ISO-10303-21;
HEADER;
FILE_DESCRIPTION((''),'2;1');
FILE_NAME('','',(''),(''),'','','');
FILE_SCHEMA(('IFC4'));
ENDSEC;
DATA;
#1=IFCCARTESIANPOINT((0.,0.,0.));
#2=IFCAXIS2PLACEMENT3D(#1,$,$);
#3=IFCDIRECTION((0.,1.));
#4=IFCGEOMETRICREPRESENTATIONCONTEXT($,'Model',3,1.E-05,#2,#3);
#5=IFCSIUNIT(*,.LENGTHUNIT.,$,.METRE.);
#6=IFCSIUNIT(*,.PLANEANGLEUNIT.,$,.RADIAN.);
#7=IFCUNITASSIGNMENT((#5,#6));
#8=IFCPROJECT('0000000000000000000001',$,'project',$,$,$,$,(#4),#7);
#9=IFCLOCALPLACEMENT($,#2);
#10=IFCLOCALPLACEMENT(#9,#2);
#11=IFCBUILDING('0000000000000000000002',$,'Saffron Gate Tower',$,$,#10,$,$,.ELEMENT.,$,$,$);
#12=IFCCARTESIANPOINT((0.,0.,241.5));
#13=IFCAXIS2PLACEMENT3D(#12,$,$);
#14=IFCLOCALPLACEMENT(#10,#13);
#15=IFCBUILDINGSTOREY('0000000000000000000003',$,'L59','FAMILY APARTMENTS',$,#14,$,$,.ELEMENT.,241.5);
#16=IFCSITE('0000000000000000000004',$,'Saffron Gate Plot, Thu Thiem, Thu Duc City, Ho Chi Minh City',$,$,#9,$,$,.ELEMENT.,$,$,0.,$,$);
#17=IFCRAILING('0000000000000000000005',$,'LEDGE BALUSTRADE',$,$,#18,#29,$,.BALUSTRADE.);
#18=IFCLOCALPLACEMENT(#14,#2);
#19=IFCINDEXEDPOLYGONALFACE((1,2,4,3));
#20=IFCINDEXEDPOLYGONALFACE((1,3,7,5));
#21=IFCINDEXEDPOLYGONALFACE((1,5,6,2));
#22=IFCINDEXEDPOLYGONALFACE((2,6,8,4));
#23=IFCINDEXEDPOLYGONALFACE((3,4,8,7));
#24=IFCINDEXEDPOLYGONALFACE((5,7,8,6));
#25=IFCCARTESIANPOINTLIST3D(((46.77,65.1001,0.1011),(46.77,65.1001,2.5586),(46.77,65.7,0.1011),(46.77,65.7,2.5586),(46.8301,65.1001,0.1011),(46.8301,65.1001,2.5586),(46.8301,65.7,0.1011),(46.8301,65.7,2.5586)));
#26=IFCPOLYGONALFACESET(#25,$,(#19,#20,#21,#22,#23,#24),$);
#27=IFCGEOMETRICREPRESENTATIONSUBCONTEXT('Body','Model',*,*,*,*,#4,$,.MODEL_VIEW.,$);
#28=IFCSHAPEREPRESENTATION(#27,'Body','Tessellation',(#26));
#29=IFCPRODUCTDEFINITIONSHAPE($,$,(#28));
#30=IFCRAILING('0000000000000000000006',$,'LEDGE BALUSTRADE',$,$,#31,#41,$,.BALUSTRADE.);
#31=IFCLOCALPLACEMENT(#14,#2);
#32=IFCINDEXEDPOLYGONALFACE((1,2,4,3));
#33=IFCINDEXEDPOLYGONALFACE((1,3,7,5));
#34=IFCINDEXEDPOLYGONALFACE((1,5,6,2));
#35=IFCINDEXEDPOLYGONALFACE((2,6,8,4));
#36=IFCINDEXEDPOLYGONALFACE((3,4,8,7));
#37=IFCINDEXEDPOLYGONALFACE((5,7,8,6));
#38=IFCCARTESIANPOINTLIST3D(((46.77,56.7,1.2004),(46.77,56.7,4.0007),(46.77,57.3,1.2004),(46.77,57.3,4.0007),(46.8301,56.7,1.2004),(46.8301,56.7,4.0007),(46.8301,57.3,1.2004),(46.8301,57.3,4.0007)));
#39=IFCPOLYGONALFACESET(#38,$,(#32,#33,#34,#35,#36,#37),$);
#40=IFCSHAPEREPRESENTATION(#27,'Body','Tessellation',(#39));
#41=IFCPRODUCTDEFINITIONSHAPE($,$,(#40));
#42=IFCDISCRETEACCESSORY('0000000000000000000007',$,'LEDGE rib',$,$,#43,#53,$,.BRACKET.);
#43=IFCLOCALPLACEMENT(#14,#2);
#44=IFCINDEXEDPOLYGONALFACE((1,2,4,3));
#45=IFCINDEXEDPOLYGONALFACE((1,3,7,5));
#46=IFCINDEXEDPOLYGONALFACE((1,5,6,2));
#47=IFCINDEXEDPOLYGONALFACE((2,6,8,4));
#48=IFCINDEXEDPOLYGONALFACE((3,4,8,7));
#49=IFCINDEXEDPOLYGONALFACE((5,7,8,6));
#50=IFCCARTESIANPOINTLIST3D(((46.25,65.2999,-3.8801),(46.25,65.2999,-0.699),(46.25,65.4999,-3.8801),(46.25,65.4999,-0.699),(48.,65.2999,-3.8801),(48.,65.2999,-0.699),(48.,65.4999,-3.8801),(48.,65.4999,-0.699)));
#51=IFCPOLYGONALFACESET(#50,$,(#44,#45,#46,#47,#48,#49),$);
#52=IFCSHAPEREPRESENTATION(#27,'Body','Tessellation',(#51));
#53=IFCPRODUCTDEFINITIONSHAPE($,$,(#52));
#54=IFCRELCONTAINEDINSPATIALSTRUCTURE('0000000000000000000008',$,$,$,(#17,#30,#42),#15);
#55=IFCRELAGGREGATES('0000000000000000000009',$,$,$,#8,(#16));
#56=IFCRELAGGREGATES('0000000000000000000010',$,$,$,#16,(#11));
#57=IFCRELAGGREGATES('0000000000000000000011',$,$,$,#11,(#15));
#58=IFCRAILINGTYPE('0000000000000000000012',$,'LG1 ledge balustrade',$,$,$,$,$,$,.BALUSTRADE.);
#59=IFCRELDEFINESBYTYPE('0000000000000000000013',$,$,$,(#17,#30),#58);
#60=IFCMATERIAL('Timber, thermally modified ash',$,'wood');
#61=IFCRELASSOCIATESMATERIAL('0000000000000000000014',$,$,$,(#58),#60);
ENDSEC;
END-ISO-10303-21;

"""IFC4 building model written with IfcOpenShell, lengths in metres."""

from ifc_helpers import new_model, si_unit, direction, frame, origin, origin_2d, place, context, subcontext, project, spatial, rectangle, extrude, material, type_object, element, save


model = new_model("IFC4")

# Units and contexts
model_context = context("Model", 3, precision=1e-05, world=origin(), true_north=direction((0.0, 1.0)))
body_context = subcontext(model_context, "Body", "Model", "MODEL_VIEW")
ifc_project = project(units=[si_unit("LENGTHUNIT", "METRE"), si_unit("PLANEANGLEUNIT", "RADIAN")], contexts=[model_context])

# Site, building, storey
site_placement = place(None, origin())
site = spatial("IfcSite", under=ifc_project, at=site_placement, Name="Saffron Gate Plot, Thu Thiem, Thu Duc City, Ho Chi Minh City", CompositionType="ELEMENT", RefElevation=0.0)
building_placement = place(site_placement, origin())
building = spatial("IfcBuilding", under=site, at=building_placement, Name="Saffron Gate Tower", CompositionType="ELEMENT")
storey_placement = place(building_placement, frame((0.0, 0.0, 241.5)))
storey = spatial("IfcBuildingStorey", under=building, at=storey_placement, Name="L59", Description="FAMILY APARTMENTS", CompositionType="ELEMENT", Elevation=241.5)

# Shared definitions
ifc_material_1 = material(Name="Timber, thermally modified ash", Category="wood")

# Railings
railing_type = type_object("IfcRailingType", Name="LG1 ledge balustrade", PredefinedType="BALUSTRADE", material=ifc_material_1)
railing_1_placement = place(storey_placement, frame((46.8, 65.7, 0.1011)))
element("IfcRailing", 1, at=railing_1_placement, inside=storey, type_object=railing_type, Name="LEDGE BALUSTRADE", PredefinedType="BALUSTRADE", context=body_context, shape_type="SweptSolid", body=[
    extrude(rectangle(XDim=0.0601, YDim=2.4575, at=origin_2d()), frame((0.0, 0.0, 1.2288), z_axis=(0.0, -1.0, 0.0), x_axis=(1.0, 0.0, 0.0)), (0.0, 0.0, 1.0), 0.5999),
])
railing_2_placement = place(storey_placement, frame((46.8, 57.3, 1.2004)))
element("IfcRailing", 2, at=railing_2_placement, inside=storey, type_object=railing_type, Name="LEDGE BALUSTRADE", PredefinedType="BALUSTRADE", context=body_context, shape_type="SweptSolid", body=[
    extrude(rectangle(XDim=0.0601, YDim=2.8003, at=origin_2d()), frame((0.0, 0.0, 1.4001), z_axis=(0.0, -1.0, 0.0), x_axis=(1.0, 0.0, 0.0)), (0.0, 0.0, 1.0), 0.6001),
])

# Discrete accessory
discrete_accessory_placement = place(storey_placement, frame((47.125, 65.3999, -3.8801), z_axis=(0.0, 0.0, 1.0), x_axis=(0.0, -1.0, 0.0)))
element("IfcDiscreteAccessory", 3, at=discrete_accessory_placement, inside=storey, Name="LEDGE rib", PredefinedType="BRACKET", context=body_context, shape_type="SweptSolid", body=[
    extrude(rectangle(XDim=0.2, YDim=1.75, at=origin_2d()), origin(), (0.0, 0.0, 1.0), 3.1812),
])

save(model, "model.ifc")
